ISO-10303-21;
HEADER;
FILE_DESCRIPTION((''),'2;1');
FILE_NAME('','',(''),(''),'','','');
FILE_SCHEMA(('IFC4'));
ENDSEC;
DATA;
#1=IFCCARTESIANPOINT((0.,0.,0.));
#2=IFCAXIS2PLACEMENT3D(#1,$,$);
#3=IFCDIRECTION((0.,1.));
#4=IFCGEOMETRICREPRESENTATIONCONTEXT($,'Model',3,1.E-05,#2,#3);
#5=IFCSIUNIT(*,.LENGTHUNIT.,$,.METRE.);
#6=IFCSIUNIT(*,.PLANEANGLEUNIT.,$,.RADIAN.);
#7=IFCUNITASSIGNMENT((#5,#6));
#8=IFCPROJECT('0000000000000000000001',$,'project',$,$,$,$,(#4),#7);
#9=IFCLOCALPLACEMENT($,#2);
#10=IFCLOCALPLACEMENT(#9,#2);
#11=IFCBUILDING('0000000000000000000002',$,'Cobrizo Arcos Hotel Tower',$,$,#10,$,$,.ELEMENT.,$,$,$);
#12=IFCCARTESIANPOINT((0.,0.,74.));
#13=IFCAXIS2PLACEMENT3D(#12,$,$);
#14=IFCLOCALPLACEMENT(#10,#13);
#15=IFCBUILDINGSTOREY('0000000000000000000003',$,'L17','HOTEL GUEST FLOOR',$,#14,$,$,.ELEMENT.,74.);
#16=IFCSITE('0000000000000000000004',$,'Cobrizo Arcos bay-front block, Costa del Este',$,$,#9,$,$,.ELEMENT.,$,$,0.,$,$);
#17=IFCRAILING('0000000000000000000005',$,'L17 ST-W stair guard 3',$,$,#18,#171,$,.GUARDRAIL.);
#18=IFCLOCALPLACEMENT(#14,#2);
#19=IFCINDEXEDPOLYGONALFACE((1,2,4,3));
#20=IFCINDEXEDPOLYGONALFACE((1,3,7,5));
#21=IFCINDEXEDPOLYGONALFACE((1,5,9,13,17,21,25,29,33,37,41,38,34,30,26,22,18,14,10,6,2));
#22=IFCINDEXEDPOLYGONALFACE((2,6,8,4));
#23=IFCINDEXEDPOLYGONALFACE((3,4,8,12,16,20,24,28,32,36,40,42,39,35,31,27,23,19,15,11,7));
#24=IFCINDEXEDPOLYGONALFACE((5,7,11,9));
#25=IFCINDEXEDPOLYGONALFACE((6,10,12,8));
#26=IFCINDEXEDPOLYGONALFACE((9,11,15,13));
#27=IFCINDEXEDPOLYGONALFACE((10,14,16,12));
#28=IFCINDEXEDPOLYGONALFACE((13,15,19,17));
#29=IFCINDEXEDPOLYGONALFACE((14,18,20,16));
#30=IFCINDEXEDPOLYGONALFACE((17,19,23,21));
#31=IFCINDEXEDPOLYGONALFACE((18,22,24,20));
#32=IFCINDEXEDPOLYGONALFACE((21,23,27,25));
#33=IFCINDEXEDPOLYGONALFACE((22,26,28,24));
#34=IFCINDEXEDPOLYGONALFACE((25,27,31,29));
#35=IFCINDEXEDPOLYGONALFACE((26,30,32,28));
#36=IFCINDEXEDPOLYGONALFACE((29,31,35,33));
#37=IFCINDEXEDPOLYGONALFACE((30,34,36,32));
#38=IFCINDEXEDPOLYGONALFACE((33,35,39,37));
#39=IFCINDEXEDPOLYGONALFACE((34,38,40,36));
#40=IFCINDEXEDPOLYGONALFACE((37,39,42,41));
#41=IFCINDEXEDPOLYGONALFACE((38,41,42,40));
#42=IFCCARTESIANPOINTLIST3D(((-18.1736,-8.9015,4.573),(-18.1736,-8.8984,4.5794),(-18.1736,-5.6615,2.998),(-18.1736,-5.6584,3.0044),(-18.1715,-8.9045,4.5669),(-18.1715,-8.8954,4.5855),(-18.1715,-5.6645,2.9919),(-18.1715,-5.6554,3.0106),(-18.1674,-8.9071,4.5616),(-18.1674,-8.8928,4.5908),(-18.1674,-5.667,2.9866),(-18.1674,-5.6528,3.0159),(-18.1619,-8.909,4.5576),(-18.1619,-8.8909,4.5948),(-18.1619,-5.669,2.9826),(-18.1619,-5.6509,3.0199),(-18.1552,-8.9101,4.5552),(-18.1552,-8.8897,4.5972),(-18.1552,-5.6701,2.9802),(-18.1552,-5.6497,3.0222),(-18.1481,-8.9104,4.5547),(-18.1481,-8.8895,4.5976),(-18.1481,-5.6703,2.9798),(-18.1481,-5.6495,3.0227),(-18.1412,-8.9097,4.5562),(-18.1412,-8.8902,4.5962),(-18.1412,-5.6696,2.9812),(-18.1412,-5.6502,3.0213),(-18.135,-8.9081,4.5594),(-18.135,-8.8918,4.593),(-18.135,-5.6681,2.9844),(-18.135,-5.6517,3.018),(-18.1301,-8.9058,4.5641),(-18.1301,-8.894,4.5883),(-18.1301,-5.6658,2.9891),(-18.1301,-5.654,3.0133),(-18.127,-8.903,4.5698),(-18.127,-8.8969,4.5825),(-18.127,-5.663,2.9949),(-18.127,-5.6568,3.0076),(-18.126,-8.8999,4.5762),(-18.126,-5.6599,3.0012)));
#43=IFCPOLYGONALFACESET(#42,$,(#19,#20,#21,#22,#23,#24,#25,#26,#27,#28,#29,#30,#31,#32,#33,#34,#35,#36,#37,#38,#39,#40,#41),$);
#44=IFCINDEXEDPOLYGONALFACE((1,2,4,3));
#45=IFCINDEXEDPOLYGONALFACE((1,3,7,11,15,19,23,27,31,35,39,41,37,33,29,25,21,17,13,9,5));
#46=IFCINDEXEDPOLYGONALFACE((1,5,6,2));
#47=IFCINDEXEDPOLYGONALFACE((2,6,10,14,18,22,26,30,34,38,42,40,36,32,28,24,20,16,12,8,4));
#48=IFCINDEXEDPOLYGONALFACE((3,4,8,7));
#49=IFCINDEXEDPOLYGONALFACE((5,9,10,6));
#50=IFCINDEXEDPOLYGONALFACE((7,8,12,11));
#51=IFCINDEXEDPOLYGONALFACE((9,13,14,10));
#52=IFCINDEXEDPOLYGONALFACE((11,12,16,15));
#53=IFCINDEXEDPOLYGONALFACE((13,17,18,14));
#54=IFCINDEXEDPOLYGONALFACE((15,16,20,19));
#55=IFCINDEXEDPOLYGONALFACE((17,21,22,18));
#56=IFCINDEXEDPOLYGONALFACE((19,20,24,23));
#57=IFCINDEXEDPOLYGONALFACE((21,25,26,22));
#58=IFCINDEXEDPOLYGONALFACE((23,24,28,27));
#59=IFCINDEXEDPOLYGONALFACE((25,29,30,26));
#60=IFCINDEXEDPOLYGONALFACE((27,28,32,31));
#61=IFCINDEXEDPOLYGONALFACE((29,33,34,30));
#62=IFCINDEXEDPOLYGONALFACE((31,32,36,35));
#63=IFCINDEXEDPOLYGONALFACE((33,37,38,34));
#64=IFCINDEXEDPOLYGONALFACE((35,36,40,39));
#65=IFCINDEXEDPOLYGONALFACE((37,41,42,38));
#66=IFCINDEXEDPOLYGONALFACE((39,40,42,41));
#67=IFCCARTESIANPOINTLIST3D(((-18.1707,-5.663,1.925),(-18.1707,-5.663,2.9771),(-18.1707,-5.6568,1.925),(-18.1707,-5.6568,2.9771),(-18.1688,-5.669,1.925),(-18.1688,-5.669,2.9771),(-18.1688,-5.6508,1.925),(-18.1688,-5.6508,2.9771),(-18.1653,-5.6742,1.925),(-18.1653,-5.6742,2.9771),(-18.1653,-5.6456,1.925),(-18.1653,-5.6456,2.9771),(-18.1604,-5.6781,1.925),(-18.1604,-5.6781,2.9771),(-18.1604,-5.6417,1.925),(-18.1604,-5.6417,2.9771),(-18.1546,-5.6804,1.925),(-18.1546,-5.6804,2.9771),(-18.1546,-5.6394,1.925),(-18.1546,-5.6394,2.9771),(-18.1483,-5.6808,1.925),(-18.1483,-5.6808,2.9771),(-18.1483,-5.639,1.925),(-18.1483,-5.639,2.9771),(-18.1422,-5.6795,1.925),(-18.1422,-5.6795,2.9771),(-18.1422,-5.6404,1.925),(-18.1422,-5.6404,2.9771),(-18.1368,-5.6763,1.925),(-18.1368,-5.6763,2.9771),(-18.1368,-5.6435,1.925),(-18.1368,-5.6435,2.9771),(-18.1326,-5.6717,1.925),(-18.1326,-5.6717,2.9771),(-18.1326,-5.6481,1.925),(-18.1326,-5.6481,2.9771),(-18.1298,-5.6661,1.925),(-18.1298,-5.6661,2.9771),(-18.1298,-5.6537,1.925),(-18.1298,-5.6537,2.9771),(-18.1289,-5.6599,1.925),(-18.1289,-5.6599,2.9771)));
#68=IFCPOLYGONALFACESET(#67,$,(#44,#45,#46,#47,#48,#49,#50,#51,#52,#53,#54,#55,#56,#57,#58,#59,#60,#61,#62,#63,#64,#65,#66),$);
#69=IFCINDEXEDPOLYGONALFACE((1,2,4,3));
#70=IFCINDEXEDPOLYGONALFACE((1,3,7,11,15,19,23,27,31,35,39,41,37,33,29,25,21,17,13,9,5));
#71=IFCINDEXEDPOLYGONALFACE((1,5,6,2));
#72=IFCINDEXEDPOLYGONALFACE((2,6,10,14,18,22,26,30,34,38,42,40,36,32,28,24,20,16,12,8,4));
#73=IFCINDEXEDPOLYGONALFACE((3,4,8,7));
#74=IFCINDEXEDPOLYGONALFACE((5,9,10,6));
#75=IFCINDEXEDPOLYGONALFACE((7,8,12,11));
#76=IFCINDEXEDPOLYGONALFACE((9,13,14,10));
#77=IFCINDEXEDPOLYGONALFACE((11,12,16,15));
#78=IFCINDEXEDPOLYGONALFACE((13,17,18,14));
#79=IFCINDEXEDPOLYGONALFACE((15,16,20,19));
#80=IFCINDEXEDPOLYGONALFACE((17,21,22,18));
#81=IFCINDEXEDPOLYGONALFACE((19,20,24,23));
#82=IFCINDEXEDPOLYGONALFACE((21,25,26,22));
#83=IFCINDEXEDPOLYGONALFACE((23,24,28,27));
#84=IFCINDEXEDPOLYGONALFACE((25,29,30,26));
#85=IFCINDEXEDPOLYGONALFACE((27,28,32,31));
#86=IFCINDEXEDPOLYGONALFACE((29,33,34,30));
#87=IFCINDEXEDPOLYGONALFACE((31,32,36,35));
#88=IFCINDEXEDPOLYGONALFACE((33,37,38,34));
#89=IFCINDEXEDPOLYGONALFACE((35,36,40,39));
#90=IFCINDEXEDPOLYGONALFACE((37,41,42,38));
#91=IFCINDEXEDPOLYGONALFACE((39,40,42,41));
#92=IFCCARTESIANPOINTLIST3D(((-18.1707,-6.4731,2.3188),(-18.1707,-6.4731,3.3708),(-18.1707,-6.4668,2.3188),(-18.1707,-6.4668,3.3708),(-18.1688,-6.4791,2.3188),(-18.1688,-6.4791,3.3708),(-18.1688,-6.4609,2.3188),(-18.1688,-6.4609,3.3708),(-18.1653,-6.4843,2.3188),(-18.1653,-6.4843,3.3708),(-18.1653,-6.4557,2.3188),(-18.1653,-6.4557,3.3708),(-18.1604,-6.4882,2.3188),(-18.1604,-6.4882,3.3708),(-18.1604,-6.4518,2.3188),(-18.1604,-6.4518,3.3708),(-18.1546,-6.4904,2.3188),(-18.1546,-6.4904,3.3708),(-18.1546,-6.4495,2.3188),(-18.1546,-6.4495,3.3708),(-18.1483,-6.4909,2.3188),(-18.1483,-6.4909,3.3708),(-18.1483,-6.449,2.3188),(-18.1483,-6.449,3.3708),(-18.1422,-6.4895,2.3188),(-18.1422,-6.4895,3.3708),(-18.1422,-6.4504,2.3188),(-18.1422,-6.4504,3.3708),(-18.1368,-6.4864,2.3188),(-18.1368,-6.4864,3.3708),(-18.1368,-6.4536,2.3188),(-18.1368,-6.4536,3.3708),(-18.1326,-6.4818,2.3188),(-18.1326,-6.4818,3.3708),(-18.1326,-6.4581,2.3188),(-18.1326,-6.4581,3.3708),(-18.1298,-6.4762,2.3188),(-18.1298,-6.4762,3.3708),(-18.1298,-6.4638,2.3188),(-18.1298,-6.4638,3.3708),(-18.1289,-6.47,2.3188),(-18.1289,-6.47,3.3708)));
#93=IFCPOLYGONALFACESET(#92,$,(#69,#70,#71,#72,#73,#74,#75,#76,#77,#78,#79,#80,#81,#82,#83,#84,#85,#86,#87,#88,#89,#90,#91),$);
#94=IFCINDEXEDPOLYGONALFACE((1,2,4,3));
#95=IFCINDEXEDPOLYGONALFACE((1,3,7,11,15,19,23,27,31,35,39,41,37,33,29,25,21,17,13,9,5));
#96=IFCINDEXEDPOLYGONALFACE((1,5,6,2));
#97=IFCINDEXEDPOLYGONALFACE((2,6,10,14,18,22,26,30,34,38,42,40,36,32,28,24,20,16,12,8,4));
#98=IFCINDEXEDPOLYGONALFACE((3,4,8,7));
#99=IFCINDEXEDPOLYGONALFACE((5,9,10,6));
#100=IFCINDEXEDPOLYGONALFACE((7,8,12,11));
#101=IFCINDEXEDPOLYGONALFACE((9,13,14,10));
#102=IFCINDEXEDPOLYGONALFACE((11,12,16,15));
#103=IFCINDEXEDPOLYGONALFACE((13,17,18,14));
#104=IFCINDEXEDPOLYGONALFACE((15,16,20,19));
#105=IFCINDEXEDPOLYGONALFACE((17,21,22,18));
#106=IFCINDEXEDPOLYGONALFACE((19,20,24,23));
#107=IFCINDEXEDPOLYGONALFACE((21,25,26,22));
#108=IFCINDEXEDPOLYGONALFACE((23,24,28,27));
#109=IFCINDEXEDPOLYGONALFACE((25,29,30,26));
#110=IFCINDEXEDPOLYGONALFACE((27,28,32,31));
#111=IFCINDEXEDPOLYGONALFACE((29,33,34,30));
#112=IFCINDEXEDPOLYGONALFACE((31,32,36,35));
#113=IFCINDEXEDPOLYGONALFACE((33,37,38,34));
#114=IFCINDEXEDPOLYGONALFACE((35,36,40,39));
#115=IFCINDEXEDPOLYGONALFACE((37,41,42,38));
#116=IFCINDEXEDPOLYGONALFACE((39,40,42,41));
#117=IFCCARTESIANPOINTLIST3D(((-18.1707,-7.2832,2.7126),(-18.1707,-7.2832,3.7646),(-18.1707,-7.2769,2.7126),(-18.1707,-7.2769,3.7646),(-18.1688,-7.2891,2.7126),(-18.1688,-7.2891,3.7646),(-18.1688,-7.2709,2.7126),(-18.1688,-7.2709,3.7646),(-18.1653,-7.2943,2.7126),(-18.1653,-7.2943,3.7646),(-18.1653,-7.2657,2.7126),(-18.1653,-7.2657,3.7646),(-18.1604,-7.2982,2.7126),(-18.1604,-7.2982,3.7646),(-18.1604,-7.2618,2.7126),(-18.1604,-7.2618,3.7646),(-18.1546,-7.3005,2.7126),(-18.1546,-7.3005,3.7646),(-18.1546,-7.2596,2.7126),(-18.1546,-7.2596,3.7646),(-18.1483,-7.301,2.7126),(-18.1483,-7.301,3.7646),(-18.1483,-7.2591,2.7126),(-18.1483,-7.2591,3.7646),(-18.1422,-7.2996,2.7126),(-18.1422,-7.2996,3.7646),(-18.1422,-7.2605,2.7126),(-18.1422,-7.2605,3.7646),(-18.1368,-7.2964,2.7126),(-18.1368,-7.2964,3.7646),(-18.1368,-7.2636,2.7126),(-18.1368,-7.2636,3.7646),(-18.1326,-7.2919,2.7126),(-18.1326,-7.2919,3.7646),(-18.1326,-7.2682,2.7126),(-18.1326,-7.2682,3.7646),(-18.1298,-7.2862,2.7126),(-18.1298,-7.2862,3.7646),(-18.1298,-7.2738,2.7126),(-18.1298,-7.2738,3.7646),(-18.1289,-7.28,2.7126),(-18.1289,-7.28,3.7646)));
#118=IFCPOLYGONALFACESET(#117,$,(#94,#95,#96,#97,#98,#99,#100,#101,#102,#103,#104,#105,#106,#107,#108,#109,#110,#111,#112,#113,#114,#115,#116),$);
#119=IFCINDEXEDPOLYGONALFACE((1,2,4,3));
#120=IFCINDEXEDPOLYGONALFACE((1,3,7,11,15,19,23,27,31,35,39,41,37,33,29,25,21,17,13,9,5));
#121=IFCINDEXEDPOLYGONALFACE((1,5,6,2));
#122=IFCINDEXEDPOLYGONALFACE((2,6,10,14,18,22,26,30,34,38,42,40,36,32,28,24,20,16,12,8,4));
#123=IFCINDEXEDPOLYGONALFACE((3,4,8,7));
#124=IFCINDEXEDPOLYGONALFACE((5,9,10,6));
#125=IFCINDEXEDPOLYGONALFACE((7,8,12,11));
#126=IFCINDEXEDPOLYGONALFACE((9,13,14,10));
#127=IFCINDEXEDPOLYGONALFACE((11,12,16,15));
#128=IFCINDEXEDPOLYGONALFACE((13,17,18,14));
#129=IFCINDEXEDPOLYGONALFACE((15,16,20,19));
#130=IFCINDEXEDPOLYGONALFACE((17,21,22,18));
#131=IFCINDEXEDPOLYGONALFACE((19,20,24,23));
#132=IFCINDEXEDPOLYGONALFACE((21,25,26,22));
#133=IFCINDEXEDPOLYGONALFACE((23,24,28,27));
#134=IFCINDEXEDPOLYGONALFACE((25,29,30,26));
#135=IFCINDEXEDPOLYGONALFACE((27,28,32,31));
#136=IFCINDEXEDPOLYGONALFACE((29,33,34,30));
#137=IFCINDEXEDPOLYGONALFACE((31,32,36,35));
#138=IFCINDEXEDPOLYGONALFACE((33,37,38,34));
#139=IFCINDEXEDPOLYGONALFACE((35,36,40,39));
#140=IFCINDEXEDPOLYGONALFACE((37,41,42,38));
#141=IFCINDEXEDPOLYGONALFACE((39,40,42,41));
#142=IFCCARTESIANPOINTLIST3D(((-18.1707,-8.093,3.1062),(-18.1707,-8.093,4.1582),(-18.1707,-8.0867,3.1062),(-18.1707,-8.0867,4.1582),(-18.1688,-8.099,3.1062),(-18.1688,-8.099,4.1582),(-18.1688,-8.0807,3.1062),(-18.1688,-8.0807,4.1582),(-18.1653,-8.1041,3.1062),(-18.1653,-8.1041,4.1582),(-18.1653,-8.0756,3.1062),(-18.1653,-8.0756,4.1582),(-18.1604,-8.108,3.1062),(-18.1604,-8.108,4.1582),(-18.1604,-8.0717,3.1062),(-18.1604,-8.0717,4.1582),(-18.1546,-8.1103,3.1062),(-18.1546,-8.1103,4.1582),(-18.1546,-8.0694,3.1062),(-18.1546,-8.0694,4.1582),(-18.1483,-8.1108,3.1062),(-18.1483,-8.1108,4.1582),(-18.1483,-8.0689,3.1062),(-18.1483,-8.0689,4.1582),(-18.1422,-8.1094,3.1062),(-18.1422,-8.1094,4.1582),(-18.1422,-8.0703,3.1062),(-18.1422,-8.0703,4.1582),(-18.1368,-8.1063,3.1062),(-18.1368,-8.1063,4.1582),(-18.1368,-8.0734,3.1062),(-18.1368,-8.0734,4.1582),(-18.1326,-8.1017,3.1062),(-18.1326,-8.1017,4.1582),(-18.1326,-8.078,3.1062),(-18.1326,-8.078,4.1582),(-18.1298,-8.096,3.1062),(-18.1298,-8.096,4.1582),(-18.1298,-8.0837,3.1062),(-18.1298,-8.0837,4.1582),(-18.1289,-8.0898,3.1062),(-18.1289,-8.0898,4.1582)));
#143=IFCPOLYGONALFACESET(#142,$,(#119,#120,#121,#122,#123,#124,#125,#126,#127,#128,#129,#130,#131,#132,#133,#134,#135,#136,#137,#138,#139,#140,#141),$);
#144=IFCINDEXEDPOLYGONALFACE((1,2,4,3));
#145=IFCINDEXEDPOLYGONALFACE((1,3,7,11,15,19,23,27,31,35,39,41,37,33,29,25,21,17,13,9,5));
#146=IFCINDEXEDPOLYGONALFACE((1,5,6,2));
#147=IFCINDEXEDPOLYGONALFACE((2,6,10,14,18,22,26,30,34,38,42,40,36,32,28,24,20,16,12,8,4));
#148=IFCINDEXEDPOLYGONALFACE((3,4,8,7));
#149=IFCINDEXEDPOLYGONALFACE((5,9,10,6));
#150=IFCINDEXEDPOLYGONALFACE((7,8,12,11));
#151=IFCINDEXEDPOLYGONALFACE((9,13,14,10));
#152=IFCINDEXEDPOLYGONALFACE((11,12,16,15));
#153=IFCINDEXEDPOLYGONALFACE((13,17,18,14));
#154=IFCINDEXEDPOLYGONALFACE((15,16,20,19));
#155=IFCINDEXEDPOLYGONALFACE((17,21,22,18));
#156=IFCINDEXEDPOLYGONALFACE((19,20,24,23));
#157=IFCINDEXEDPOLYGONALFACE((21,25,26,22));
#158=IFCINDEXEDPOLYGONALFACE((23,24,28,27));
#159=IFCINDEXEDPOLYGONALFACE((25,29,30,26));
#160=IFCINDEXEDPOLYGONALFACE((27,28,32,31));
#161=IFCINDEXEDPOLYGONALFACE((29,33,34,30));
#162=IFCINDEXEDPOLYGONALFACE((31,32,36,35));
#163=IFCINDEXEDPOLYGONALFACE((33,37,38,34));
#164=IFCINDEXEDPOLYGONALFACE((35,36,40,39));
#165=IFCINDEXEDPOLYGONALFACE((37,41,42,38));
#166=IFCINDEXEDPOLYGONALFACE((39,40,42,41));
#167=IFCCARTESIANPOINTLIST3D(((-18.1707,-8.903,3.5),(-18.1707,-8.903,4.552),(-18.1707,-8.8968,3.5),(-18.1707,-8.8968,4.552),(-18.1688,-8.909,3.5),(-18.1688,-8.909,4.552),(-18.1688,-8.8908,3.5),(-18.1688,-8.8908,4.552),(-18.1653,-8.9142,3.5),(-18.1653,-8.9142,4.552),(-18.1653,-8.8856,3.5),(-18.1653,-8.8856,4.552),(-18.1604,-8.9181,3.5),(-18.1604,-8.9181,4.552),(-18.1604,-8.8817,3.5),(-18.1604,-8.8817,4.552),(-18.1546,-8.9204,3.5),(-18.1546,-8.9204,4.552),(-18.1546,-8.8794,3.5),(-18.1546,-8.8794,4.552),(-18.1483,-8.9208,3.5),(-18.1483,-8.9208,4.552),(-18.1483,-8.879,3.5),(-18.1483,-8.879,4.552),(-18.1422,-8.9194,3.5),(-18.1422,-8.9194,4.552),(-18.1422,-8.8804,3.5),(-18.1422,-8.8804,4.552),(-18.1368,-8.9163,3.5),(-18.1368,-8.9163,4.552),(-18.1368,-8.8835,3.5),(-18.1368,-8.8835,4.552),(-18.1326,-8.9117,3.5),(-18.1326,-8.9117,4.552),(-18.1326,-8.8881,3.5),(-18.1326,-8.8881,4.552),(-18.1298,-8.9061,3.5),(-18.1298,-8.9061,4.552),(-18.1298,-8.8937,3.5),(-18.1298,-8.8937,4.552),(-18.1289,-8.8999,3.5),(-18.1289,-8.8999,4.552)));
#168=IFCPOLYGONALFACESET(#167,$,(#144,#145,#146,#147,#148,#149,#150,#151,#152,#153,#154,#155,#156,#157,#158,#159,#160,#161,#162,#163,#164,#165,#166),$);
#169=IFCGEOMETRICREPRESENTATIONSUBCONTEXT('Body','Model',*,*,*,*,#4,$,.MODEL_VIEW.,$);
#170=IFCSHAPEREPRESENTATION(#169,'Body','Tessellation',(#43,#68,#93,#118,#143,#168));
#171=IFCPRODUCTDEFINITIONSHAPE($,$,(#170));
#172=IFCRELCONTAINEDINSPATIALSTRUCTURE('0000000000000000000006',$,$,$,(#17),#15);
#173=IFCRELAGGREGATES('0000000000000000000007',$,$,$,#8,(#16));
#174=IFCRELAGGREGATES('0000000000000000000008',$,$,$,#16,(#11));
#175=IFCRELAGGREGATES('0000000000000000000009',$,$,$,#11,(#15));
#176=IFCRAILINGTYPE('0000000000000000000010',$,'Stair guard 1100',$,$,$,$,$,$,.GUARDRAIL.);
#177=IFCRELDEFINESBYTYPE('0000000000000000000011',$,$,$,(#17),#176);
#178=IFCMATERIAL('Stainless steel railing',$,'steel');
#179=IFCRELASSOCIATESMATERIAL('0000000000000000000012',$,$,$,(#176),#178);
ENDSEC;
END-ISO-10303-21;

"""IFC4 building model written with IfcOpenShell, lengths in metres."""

from ifc_helpers import new_model, si_unit, direction, frame, origin, origin_2d, place, context, subcontext, project, spatial, circle, extrude, material, type_object, element, save


model = new_model("IFC4")

# Units and contexts
model_context = context("Model", 3, precision=1e-05, world=origin(), true_north=direction((0.0, 1.0)))
body_context = subcontext(model_context, "Body", "Model", "MODEL_VIEW")
ifc_project = project(units=[si_unit("LENGTHUNIT", "METRE"), si_unit("PLANEANGLEUNIT", "RADIAN")], contexts=[model_context])

# Site, building, storey
site_placement = place(None, origin())
site = spatial("IfcSite", under=ifc_project, at=site_placement, Name="Cobrizo Arcos bay-front block, Costa del Este", CompositionType="ELEMENT", RefElevation=0.0)
building_placement = place(site_placement, origin())
building = spatial("IfcBuilding", under=site, at=building_placement, Name="Cobrizo Arcos Hotel Tower", CompositionType="ELEMENT")
storey_placement = place(building_placement, frame((0.0, 0.0, 74.0)))
storey = spatial("IfcBuildingStorey", under=building, at=storey_placement, Name="L17", Description="HOTEL GUEST FLOOR", CompositionType="ELEMENT", Elevation=74.0)

# Railing
ifc_material_1 = material(Name="Stainless steel railing", Category="steel")
railing_type_1 = type_object("IfcRailingType", Name="Stair guard 1100", PredefinedType="GUARDRAIL", material=ifc_material_1)
railing_1_placement = place(storey_placement, frame((-18.1499, -5.6599, 1.925)))
element("IfcRailing", 1, at=railing_1_placement, inside=storey, type_object=railing_type_1, Name="L17 ST-W stair guard 3", PredefinedType="GUARDRAIL", context=body_context, shape_type="SweptSolid", body=[
    extrude(circle(Radius=0.0239, at=origin_2d()), frame((0.0, 0.0, 1.0762), z_axis=(0.0, -0.899373, 0.437183), x_axis=(1.0, 0.0, 0.0)), (0.0, 0.0, 1.0), 3.6025),
    extrude(circle(Radius=0.021, at=origin_2d()), origin(), (0.0, 0.0, 1.0), 1.052),
    extrude(circle(Radius=0.021, at=origin_2d()), frame((0.0, -0.8101, 0.3938)), (0.0, 0.0, 1.0), 1.052),
    extrude(circle(Radius=0.021, at=origin_2d()), frame((0.0, -1.6201, 0.7876)), (0.0, 0.0, 1.0), 1.052),
    extrude(circle(Radius=0.021, at=origin_2d()), frame((0.0, -2.4299, 1.1812)), (0.0, 0.0, 1.0), 1.052),
    extrude(circle(Radius=0.021, at=origin_2d()), frame((0.0, -3.24, 1.575)), (0.0, 0.0, 1.0), 1.052),
])

save(model, "model.ifc")
